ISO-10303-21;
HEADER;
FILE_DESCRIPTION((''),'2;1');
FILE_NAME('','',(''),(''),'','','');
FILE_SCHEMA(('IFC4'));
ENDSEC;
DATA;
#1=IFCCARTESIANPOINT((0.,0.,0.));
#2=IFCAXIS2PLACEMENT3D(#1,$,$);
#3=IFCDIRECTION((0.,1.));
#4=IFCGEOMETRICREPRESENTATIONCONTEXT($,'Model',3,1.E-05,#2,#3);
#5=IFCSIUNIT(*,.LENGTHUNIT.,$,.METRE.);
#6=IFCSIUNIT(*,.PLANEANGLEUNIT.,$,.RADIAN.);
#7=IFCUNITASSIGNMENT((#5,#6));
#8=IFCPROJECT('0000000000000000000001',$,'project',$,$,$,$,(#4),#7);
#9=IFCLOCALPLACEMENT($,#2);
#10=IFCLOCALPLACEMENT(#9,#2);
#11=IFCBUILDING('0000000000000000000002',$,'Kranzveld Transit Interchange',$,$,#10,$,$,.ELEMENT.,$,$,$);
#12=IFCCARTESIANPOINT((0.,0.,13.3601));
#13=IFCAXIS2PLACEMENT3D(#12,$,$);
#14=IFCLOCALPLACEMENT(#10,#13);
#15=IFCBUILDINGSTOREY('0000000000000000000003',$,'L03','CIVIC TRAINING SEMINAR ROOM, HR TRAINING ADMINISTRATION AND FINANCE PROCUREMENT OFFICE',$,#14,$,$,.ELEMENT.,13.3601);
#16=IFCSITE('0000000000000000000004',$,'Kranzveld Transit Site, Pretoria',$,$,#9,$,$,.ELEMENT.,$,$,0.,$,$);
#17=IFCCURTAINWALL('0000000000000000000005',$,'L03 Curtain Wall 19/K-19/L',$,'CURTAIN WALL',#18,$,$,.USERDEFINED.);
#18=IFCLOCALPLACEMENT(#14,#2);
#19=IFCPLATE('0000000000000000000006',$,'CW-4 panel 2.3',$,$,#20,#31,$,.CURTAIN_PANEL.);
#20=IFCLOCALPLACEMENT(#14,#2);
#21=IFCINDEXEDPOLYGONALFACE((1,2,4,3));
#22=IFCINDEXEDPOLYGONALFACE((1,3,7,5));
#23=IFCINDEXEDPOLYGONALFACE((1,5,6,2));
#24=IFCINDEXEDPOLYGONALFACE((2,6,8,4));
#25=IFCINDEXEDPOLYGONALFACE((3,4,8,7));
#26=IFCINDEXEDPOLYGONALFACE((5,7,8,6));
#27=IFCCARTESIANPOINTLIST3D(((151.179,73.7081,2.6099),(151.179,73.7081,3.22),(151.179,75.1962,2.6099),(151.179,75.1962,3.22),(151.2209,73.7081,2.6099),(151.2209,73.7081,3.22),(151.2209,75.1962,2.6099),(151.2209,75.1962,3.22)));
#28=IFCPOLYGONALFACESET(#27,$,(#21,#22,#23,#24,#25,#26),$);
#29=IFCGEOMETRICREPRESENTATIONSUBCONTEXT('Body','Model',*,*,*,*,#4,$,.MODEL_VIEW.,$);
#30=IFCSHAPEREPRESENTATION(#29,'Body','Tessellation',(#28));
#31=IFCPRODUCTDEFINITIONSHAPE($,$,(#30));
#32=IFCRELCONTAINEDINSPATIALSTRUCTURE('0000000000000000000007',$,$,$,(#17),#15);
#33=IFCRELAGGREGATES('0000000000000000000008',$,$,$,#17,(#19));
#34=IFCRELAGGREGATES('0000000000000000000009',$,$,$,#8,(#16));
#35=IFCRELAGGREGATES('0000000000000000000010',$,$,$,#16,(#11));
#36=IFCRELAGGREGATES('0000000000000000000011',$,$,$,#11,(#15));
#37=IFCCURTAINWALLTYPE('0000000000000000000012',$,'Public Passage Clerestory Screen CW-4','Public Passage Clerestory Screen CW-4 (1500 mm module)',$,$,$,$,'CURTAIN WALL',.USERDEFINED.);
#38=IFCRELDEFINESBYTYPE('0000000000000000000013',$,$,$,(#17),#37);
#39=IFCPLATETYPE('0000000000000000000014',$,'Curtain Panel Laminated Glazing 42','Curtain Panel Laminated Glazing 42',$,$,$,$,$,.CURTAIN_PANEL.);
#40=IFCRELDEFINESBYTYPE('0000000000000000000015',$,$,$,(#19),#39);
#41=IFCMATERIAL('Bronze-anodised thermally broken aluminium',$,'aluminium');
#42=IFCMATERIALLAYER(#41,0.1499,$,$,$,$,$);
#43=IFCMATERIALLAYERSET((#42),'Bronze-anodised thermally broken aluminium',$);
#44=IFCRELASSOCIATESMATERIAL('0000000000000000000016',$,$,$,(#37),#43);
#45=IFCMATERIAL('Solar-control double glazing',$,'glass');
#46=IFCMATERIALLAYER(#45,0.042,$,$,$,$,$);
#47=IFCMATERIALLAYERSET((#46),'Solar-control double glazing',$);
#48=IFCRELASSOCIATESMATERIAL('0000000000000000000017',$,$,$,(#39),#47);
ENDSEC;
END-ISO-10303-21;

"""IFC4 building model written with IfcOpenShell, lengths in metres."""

from ifc_helpers import new_model, si_unit, direction, frame, origin, origin_2d, place, context, subcontext, project, spatial, rectangle, extrude, material, layer, layer_set, type_object, element, aggregate, save


model = new_model("IFC4")

# Units and contexts
model_context = context("Model", 3, precision=1e-05, world=origin(), true_north=direction((0.0, 1.0)))
body_context = subcontext(model_context, "Body", "Model", "MODEL_VIEW")
ifc_project = project(units=[si_unit("LENGTHUNIT", "METRE"), si_unit("PLANEANGLEUNIT", "RADIAN")], contexts=[model_context])

# Site, building, storey
site_placement = place(None, origin())
site = spatial("IfcSite", under=ifc_project, at=site_placement, Name="Kranzveld Transit Site, Pretoria", CompositionType="ELEMENT", RefElevation=0.0)
building_placement = place(site_placement, origin())
building = spatial("IfcBuilding", under=site, at=building_placement, Name="Kranzveld Transit Interchange", CompositionType="ELEMENT")
storey_placement = place(building_placement, frame((0.0, 0.0, 13.3601)))
storey = spatial("IfcBuildingStorey", under=building, at=storey_placement, Name="L03", Description="CIVIC TRAINING SEMINAR ROOM, HR TRAINING ADMINISTRATION AND FINANCE PROCUREMENT OFFICE", CompositionType="ELEMENT", Elevation=13.3601)

# Curtain wall
ifc_material_1 = material(Name="Bronze-anodised thermally broken aluminium", Category="aluminium")
ifc_layer_1 = layer(ifc_material_1, 0.1499)
ifc_layer_set_1 = layer_set([ifc_layer_1], Name="Bronze-anodised thermally broken aluminium")
curtain_wall_type_1 = type_object("IfcCurtainWallType", Name="Public Passage Clerestory Screen CW-4", Description="Public Passage Clerestory Screen CW-4 (1500 mm module)", ElementType="CURTAIN WALL", PredefinedType="USERDEFINED", material=ifc_layer_set_1)
curtain_wall_1_placement = place(storey_placement, origin())
curtain_wall_1 = element("IfcCurtainWall", 1, at=curtain_wall_1_placement, inside=storey, type_object=curtain_wall_type_1, Name="L03 Curtain Wall 19/K-19/L", ObjectType="CURTAIN WALL", PredefinedType="USERDEFINED")

# Plate
ifc_material_2 = material(Name="Solar-control double glazing", Category="glass")
ifc_layer_2 = layer(ifc_material_2, 0.042)
ifc_layer_set_2 = layer_set([ifc_layer_2], Name="Solar-control double glazing")
plate_type_1 = type_object("IfcPlateType", Name="Curtain Panel Laminated Glazing 42", Description="Curtain Panel Laminated Glazing 42", PredefinedType="CURTAIN_PANEL", material=ifc_layer_set_2)
plate_1_placement = place(storey_placement, frame((151.2, 74.4521, 2.6099), z_axis=(0.0, 0.0, 1.0), x_axis=(0.0, 1.0, 0.0)))
plate_1 = element("IfcPlate", 2, at=plate_1_placement, type_object=plate_type_1, Name="CW-4 panel 2.3", PredefinedType="CURTAIN_PANEL", context=body_context, shape_type="SweptSolid", body=[
    extrude(rectangle(XDim=1.488, YDim=0.042, at=origin_2d()), origin(), (0.0, 0.0, 1.0), 0.6101),
])
aggregate(curtain_wall_1, [plate_1])

save(model, "model.ifc")
